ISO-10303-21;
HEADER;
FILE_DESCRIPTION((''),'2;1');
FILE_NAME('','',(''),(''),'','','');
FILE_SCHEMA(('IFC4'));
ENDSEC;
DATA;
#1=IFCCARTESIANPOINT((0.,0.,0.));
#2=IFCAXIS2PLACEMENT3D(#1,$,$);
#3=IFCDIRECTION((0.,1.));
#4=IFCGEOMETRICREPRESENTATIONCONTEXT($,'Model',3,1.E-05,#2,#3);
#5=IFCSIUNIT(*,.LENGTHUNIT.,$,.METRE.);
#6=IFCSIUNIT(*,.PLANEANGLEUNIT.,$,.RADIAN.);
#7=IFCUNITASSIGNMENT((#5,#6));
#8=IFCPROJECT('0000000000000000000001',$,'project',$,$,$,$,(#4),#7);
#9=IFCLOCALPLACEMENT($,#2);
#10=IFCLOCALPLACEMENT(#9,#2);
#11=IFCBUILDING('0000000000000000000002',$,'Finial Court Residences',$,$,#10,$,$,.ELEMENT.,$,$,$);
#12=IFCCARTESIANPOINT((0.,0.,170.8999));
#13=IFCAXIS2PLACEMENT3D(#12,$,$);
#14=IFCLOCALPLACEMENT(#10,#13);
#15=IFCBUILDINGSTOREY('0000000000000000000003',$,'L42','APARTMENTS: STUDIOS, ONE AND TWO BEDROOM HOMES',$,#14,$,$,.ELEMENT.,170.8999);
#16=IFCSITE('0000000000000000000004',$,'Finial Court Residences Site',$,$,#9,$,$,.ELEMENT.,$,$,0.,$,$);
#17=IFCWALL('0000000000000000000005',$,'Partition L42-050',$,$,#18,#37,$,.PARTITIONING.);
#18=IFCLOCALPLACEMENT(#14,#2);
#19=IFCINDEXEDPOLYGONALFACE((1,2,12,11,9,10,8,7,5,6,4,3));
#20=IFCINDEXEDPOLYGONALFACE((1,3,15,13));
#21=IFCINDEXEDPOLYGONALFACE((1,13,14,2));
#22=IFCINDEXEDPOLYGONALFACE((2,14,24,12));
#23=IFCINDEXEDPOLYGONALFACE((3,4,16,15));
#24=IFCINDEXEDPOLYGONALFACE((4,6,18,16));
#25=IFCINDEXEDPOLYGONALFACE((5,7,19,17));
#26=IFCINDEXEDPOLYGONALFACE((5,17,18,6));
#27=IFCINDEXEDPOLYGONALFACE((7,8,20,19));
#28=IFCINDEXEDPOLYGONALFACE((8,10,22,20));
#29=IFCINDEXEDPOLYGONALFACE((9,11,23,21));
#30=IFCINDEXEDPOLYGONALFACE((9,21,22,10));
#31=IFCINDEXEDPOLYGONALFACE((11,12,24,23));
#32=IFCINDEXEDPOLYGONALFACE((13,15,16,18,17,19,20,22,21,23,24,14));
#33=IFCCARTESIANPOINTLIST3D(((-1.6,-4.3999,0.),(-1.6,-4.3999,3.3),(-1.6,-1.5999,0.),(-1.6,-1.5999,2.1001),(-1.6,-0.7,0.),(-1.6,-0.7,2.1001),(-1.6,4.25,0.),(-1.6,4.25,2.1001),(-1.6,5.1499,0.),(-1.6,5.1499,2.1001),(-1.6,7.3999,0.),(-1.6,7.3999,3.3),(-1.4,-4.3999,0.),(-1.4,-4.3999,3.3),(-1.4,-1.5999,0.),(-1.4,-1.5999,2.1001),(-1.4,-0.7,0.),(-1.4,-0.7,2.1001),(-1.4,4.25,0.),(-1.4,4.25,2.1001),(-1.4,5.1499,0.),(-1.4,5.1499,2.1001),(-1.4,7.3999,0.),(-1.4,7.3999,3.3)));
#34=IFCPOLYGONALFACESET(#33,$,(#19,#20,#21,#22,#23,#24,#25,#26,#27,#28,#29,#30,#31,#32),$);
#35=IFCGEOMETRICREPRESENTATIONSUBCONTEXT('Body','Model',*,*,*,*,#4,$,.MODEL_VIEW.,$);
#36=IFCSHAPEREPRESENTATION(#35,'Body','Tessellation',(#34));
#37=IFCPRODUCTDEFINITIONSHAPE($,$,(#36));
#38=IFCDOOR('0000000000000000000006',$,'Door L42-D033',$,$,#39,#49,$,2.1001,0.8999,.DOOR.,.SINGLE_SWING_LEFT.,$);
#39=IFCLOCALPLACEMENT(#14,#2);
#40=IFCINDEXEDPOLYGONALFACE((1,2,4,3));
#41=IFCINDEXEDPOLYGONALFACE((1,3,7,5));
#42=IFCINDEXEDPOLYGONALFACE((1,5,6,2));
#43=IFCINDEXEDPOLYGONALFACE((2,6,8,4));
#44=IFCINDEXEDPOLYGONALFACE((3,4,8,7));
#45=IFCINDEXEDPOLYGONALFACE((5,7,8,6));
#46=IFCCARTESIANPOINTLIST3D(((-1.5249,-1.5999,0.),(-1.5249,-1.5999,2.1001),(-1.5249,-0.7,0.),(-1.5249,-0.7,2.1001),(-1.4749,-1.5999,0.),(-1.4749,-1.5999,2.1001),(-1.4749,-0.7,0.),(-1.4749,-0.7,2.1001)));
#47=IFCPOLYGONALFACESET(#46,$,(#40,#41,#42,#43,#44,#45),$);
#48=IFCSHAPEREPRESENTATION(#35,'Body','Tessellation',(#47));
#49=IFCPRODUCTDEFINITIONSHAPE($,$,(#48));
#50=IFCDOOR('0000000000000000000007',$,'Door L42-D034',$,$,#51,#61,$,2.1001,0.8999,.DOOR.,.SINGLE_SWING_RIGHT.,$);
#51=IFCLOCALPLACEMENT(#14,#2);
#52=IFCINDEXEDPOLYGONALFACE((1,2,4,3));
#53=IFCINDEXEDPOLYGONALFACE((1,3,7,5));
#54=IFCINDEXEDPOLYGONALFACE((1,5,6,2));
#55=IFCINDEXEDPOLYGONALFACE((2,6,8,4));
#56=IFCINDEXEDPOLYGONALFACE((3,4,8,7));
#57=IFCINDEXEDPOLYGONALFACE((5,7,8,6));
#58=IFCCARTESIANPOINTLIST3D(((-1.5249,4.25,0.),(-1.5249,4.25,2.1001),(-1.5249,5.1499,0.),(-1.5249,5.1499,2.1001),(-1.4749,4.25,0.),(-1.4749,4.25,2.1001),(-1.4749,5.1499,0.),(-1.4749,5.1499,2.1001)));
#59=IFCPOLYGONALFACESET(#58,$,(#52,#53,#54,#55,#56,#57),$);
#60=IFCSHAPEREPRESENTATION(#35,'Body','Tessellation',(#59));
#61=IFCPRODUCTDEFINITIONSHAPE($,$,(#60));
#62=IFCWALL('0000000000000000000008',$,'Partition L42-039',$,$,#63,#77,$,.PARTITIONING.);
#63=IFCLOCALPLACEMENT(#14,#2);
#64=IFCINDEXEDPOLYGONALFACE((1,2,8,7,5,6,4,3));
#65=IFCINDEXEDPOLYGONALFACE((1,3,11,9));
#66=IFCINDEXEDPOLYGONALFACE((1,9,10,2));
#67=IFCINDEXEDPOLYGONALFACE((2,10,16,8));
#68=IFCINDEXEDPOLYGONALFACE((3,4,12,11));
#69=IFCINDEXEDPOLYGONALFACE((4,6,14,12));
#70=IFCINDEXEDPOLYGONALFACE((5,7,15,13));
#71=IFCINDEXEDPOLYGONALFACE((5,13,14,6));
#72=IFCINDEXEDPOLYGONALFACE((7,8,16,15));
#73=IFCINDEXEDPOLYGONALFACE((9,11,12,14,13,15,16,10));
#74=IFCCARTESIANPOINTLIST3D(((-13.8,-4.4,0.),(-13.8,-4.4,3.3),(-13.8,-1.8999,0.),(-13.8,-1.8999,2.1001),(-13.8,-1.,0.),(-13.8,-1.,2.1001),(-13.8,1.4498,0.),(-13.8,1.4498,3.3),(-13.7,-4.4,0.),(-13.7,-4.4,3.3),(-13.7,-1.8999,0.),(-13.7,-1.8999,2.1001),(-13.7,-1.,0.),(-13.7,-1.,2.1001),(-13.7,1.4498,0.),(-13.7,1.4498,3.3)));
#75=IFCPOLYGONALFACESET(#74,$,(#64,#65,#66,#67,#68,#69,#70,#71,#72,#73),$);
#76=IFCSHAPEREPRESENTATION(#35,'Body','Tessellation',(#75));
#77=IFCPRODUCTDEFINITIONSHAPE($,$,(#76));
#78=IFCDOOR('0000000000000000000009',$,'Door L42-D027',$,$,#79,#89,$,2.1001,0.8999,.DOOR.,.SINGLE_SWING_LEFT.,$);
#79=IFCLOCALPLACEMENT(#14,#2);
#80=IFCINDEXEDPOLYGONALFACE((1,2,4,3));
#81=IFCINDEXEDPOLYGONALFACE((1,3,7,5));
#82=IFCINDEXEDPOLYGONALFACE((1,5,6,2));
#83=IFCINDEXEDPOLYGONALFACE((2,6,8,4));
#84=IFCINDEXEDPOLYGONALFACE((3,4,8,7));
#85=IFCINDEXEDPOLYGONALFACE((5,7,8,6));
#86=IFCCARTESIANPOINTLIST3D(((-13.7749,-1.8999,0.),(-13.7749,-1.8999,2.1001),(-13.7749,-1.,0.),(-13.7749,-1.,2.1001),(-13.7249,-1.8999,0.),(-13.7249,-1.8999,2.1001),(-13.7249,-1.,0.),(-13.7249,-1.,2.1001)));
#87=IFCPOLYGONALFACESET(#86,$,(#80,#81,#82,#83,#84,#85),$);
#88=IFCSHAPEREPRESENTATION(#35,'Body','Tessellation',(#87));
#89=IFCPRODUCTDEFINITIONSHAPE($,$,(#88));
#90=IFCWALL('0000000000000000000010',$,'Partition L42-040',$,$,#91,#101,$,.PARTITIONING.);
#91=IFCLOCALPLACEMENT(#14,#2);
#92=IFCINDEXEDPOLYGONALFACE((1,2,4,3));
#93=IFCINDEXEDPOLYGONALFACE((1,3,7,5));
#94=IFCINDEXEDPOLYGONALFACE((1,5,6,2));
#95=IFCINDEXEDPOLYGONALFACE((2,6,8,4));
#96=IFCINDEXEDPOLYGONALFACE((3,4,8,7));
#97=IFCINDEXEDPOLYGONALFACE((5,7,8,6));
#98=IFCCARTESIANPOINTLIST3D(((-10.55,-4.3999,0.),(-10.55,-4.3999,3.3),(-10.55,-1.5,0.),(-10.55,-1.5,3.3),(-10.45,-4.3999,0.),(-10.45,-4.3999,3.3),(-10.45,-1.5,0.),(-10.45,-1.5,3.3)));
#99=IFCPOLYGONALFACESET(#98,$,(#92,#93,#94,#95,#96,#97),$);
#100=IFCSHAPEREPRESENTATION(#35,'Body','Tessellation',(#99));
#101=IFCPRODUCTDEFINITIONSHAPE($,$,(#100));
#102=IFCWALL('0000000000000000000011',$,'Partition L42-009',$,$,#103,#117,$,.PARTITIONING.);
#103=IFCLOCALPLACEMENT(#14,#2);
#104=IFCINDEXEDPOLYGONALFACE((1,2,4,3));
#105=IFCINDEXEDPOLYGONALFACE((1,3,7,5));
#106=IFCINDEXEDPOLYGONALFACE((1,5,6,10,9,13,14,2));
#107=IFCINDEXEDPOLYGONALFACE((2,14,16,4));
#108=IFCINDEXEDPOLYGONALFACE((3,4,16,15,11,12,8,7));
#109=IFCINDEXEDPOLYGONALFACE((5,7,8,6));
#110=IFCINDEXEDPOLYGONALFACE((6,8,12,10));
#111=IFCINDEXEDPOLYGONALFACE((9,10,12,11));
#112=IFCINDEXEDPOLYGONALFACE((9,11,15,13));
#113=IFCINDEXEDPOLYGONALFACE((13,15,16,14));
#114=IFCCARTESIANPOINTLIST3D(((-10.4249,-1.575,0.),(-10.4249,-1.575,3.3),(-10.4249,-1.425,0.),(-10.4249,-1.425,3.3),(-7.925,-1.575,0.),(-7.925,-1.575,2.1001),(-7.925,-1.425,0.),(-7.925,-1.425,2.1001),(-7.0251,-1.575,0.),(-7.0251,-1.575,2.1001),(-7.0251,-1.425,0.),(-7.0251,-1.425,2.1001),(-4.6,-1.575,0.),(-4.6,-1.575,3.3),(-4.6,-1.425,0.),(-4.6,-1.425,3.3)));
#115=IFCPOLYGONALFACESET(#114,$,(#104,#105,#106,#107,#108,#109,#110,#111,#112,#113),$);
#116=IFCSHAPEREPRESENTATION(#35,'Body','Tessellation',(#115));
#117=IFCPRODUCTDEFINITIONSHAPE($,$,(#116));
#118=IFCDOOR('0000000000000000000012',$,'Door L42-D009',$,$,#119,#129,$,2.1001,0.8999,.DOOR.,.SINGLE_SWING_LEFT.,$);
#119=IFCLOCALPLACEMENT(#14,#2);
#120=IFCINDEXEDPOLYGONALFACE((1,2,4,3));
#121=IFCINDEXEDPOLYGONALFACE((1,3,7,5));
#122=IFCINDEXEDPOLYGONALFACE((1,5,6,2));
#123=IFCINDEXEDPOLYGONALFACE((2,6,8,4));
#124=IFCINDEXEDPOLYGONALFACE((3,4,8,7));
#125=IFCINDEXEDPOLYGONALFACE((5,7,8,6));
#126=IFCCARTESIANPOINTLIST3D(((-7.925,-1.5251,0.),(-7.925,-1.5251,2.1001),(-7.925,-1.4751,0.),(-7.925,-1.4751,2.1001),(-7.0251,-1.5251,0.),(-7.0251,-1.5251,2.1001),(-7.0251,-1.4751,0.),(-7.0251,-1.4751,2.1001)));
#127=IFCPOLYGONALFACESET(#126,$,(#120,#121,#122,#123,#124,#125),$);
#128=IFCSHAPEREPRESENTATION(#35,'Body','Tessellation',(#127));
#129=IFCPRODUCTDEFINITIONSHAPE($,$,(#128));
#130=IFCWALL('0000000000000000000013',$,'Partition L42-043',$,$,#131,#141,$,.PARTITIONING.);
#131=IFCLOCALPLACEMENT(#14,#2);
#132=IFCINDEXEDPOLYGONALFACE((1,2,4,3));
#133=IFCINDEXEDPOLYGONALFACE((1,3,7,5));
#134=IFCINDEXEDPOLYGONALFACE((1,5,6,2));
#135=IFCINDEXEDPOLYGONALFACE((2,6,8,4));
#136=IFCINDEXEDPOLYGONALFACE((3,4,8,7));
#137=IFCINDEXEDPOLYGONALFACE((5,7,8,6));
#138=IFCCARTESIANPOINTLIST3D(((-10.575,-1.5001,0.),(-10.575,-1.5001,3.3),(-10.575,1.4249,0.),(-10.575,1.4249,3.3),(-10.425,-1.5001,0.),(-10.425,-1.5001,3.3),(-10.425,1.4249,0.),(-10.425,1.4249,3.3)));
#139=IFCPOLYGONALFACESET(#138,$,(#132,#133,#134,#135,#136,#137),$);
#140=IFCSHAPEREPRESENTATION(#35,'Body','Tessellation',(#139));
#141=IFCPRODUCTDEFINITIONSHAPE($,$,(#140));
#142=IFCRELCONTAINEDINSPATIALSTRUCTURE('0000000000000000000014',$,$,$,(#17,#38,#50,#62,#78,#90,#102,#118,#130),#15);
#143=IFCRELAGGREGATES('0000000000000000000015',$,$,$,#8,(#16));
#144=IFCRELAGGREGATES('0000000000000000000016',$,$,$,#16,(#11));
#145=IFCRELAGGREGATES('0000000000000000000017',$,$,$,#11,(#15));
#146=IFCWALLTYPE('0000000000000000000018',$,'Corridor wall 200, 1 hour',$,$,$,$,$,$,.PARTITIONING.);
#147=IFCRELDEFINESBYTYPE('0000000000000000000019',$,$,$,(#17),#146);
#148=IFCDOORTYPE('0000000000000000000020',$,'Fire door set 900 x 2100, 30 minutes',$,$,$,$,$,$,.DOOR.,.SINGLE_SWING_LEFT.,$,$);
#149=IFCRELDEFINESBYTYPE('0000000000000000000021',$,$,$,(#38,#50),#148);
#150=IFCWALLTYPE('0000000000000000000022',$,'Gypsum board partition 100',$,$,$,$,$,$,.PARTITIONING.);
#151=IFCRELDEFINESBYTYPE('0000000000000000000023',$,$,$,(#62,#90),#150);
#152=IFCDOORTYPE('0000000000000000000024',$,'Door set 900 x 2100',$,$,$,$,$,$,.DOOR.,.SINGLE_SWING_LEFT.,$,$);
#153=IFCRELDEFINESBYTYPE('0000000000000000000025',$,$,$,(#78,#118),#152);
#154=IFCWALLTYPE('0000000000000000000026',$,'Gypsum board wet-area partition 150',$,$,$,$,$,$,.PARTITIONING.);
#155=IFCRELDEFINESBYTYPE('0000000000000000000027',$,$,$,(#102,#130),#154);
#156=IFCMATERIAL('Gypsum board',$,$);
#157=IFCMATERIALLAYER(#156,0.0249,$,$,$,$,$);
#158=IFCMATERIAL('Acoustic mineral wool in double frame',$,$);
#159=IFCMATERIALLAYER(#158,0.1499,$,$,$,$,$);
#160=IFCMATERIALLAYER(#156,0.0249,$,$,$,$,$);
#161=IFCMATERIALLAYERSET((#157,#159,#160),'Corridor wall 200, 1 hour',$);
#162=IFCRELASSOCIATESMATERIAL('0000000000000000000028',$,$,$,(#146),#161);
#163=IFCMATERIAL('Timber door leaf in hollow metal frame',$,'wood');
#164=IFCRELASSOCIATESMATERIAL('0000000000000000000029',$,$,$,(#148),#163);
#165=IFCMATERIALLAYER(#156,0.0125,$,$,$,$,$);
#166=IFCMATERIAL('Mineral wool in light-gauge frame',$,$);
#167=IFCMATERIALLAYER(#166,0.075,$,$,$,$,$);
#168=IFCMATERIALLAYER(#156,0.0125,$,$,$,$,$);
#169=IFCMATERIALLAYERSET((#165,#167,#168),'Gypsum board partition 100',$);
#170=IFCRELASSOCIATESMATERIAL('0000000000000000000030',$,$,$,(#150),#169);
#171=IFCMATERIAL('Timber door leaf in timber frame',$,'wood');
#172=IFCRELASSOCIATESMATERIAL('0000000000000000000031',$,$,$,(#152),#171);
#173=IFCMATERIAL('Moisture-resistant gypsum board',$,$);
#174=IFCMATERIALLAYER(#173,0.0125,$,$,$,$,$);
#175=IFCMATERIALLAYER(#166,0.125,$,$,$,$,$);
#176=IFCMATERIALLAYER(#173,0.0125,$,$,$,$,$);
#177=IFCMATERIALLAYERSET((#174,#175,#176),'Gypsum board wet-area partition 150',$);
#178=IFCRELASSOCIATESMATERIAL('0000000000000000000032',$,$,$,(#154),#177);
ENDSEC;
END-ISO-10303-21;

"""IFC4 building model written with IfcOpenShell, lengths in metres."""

from ifc_helpers import new_model, si_unit, direction, frame, frame_2d, origin, place, context, subcontext, project, spatial, rectangle, extrude, material, layer, layer_set, type_object, element, fill, save


model = new_model("IFC4")

# Units and contexts
model_context = context("Model", 3, precision=1e-05, world=origin(), true_north=direction((0.0, 1.0)))
body_context = subcontext(model_context, "Body", "Model", "MODEL_VIEW")
ifc_project = project(units=[si_unit("LENGTHUNIT", "METRE"), si_unit("PLANEANGLEUNIT", "RADIAN")], contexts=[model_context])

# Site, building, storey
site_placement = place(None, origin())
site = spatial("IfcSite", under=ifc_project, at=site_placement, Name="Finial Court Residences Site", CompositionType="ELEMENT", RefElevation=0.0)
building_placement = place(site_placement, origin())
building = spatial("IfcBuilding", under=site, at=building_placement, Name="Finial Court Residences", CompositionType="ELEMENT")
storey_placement = place(building_placement, frame((0.0, 0.0, 170.8999)))
storey = spatial("IfcBuildingStorey", under=building, at=storey_placement, Name="L42", Description="APARTMENTS: STUDIOS, ONE AND TWO BEDROOM HOMES", CompositionType="ELEMENT", Elevation=170.8999)

# Shared definitions
ifc_material_1 = material(Name="Gypsum board")
ifc_layer_1 = layer(ifc_material_1, 0.0249)
ifc_material_2 = material(Name="Acoustic mineral wool in double frame")
ifc_layer_2 = layer(ifc_material_2, 0.1499)
ifc_layer_3 = layer(ifc_material_1, 0.0249)
ifc_layer_set_1 = layer_set([ifc_layer_1, ifc_layer_2, ifc_layer_3], Name="Corridor wall 200, 1 hour")
wall_type_1 = type_object("IfcWallType", Name="Corridor wall 200, 1 hour", PredefinedType="PARTITIONING", material=ifc_layer_set_1)

# Shared definitions
ifc_material_3 = material(Name="Timber door leaf in hollow metal frame", Category="wood")

# Wall, openings, doors
wall_1_placement = place(storey_placement, frame((-1.5, -4.3999, 0.0), z_axis=(0.0, 0.0, 1.0), x_axis=(0.0, 1.0, 0.0)))
wall_1 = element("IfcWall", 1, at=wall_1_placement, inside=storey, type_object=wall_type_1, Name="Partition L42-050", PredefinedType="PARTITIONING", context=body_context, shape_type="SweptSolid", body=[
    extrude(rectangle(XDim=11.7998, YDim=0.2, at=frame_2d((5.8999, 0.0))), origin(), (0.0, 0.0, 1.0), 3.3),
])
opening_1_placement = place(wall_1_placement, frame((2.8, 0.0, 0.0)))
opening_1 = element("IfcOpeningElement", 2, at=opening_1_placement, cuts=wall_1, PredefinedType="OPENING", context=body_context, shape_type="SweptSolid", body=[
    extrude(rectangle(XDim=0.8999, YDim=2.1001, at=frame_2d((0.45, 1.05))), frame((0.0, 0.1099, 0.0), z_axis=(0.0, -1.0, 0.0), x_axis=(1.0, 0.0, 0.0)), (0.0, 0.0, 1.0), 0.22),
])
opening_2_placement = place(wall_1_placement, frame((8.6499, 0.0, 0.0)))
opening_2 = element("IfcOpeningElement", 3, at=opening_2_placement, cuts=wall_1, PredefinedType="OPENING", context=body_context, shape_type="SweptSolid", body=[
    extrude(rectangle(XDim=0.8999, YDim=2.1001, at=frame_2d((0.45, 1.05))), frame((0.0, 0.1099, 0.0), z_axis=(0.0, -1.0, 0.0), x_axis=(1.0, 0.0, 0.0)), (0.0, 0.0, 1.0), 0.22),
])
door_type_1 = type_object("IfcDoorType", Name="Fire door set 900 x 2100, 30 minutes", OperationType="SINGLE_SWING_LEFT", PredefinedType="DOOR", material=ifc_material_3)
door_1_placement = place(opening_1_placement, origin())
door_1 = element("IfcDoor", 4, at=door_1_placement, inside=storey, type_object=door_type_1, Name="Door L42-D033", OperationType="SINGLE_SWING_LEFT", OverallHeight=2.1001, OverallWidth=0.8999, PredefinedType="DOOR", context=body_context, shape_type="SweptSolid", body=[
    extrude(rectangle(XDim=0.8999, YDim=2.1001, at=frame_2d((0.45, 1.05))), frame((0.0, 0.0249, 0.0), z_axis=(0.0, -1.0, 0.0), x_axis=(1.0, 0.0, 0.0)), (0.0, 0.0, 1.0), 0.05),
])
fill(opening_1, door_1)
door_2_placement = place(opening_2_placement, origin())
door_2 = element("IfcDoor", 5, at=door_2_placement, inside=storey, type_object=door_type_1, Name="Door L42-D034", OperationType="SINGLE_SWING_RIGHT", OverallHeight=2.1001, OverallWidth=0.8999, PredefinedType="DOOR", context=body_context, shape_type="SweptSolid", body=[
    extrude(rectangle(XDim=0.8999, YDim=2.1001, at=frame_2d((0.45, 1.05))), frame((0.0, 0.0249, 0.0), z_axis=(0.0, -1.0, 0.0), x_axis=(1.0, 0.0, 0.0)), (0.0, 0.0, 1.0), 0.05),
])
fill(opening_2, door_2)

# Wall, opening, door
ifc_layer_4 = layer(ifc_material_1, 0.0125)
ifc_material_4 = material(Name="Mineral wool in light-gauge frame")
ifc_layer_5 = layer(ifc_material_4, 0.075)
ifc_layer_6 = layer(ifc_material_1, 0.0125)
ifc_layer_set_2 = layer_set([ifc_layer_4, ifc_layer_5, ifc_layer_6], Name="Gypsum board partition 100")
wall_type_2 = type_object("IfcWallType", Name="Gypsum board partition 100", PredefinedType="PARTITIONING", material=ifc_layer_set_2)
wall_2_placement = place(storey_placement, frame((-13.75, -4.3999, 0.0), z_axis=(0.0, 0.0, 1.0), x_axis=(0.0, 1.0, 0.0)))
wall_2 = element("IfcWall", 6, at=wall_2_placement, inside=storey, type_object=wall_type_2, Name="Partition L42-039", PredefinedType="PARTITIONING", context=body_context, shape_type="SweptSolid", body=[
    extrude(rectangle(XDim=5.8499, YDim=0.1001, at=frame_2d((2.9248, 0.0))), origin(), (0.0, 0.0, 1.0), 3.3),
])
opening_3_placement = place(wall_2_placement, frame((2.5, 0.0, 0.0)))
opening_3 = element("IfcOpeningElement", 7, at=opening_3_placement, cuts=wall_2, PredefinedType="OPENING", context=body_context, shape_type="SweptSolid", body=[
    extrude(rectangle(XDim=0.8999, YDim=2.1001, at=frame_2d((0.45, 1.05))), frame((0.0, 0.0601, 0.0), z_axis=(0.0, -1.0, 0.0), x_axis=(1.0, 0.0, 0.0)), (0.0, 0.0, 1.0), 0.1201),
])
ifc_material_5 = material(Name="Timber door leaf in timber frame", Category="wood")
door_type_2 = type_object("IfcDoorType", Name="Door set 900 x 2100", OperationType="SINGLE_SWING_LEFT", PredefinedType="DOOR", material=ifc_material_5)
door_3_placement = place(opening_3_placement, origin())
door_3 = element("IfcDoor", 8, at=door_3_placement, inside=storey, type_object=door_type_2, Name="Door L42-D027", OperationType="SINGLE_SWING_LEFT", OverallHeight=2.1001, OverallWidth=0.8999, PredefinedType="DOOR", context=body_context, shape_type="SweptSolid", body=[
    extrude(rectangle(XDim=0.8999, YDim=2.1001, at=frame_2d((0.45, 1.05))), frame((0.0, 0.0249, 0.0), z_axis=(0.0, -1.0, 0.0), x_axis=(1.0, 0.0, 0.0)), (0.0, 0.0, 1.0), 0.05),
])
fill(opening_3, door_3)

# Wall
wall_3_placement = place(storey_placement, frame((-10.5, -4.3999, 0.0), z_axis=(0.0, 0.0, 1.0), x_axis=(0.0, 1.0, 0.0)))
element("IfcWall", 9, at=wall_3_placement, inside=storey, type_object=wall_type_2, Name="Partition L42-040", PredefinedType="PARTITIONING", context=body_context, shape_type="SweptSolid", body=[
    extrude(rectangle(XDim=2.8999, YDim=0.1001, at=frame_2d((1.45, 0.0))), origin(), (0.0, 0.0, 1.0), 3.3),
])

# Wall, opening, door
ifc_material_6 = material(Name="Moisture-resistant gypsum board")
ifc_layer_7 = layer(ifc_material_6, 0.0125)
ifc_layer_8 = layer(ifc_material_4, 0.125)
ifc_layer_9 = layer(ifc_material_6, 0.0125)
ifc_layer_set_3 = layer_set([ifc_layer_7, ifc_layer_8, ifc_layer_9], Name="Gypsum board wet-area partition 150")
wall_type_3 = type_object("IfcWallType", Name="Gypsum board wet-area partition 150", PredefinedType="PARTITIONING", material=ifc_layer_set_3)
wall_4_placement = place(storey_placement, frame((-10.425, -1.5, 0.0), z_axis=(0.0, 0.0, 1.0), x_axis=(1.0, 0.0, 0.0)))
wall_4 = element("IfcWall", 10, at=wall_4_placement, inside=storey, type_object=wall_type_3, Name="Partition L42-009", PredefinedType="PARTITIONING", context=body_context, shape_type="SweptSolid", body=[
    extrude(rectangle(XDim=5.825, YDim=0.1499, at=frame_2d((2.9126, 0.0))), origin(), (0.0, 0.0, 1.0), 3.3),
])
opening_4_placement = place(wall_4_placement, frame((2.5, 0.0, 0.0)))
opening_4 = element("IfcOpeningElement", 11, at=opening_4_placement, cuts=wall_4, PredefinedType="OPENING", context=body_context, shape_type="SweptSolid", body=[
    extrude(rectangle(XDim=0.8999, YDim=2.1001, at=frame_2d((0.45, 1.05))), frame((0.0, 0.085, 0.0), z_axis=(0.0, -1.0, 0.0), x_axis=(1.0, 0.0, 0.0)), (0.0, 0.0, 1.0), 0.1699),
])
door_4_placement = place(opening_4_placement, origin())
door_4 = element("IfcDoor", 12, at=door_4_placement, inside=storey, type_object=door_type_2, Name="Door L42-D009", OperationType="SINGLE_SWING_LEFT", OverallHeight=2.1001, OverallWidth=0.8999, PredefinedType="DOOR", context=body_context, shape_type="SweptSolid", body=[
    extrude(rectangle(XDim=0.8999, YDim=2.1001, at=frame_2d((0.45, 1.05))), frame((0.0, 0.0249, 0.0), z_axis=(0.0, -1.0, 0.0), x_axis=(1.0, 0.0, 0.0)), (0.0, 0.0, 1.0), 0.05),
])
fill(opening_4, door_4)

# Wall
wall_5_placement = place(storey_placement, frame((-10.5, -1.5, 0.0), z_axis=(0.0, 0.0, 1.0), x_axis=(0.0, 1.0, 0.0)))
element("IfcWall", 13, at=wall_5_placement, inside=storey, type_object=wall_type_3, Name="Partition L42-043", PredefinedType="PARTITIONING", context=body_context, shape_type="SweptSolid", body=[
    extrude(rectangle(XDim=2.925, YDim=0.1499, at=frame_2d((1.4624, 0.0))), origin(), (0.0, 0.0, 1.0), 3.3),
])

save(model, "model.ifc")
